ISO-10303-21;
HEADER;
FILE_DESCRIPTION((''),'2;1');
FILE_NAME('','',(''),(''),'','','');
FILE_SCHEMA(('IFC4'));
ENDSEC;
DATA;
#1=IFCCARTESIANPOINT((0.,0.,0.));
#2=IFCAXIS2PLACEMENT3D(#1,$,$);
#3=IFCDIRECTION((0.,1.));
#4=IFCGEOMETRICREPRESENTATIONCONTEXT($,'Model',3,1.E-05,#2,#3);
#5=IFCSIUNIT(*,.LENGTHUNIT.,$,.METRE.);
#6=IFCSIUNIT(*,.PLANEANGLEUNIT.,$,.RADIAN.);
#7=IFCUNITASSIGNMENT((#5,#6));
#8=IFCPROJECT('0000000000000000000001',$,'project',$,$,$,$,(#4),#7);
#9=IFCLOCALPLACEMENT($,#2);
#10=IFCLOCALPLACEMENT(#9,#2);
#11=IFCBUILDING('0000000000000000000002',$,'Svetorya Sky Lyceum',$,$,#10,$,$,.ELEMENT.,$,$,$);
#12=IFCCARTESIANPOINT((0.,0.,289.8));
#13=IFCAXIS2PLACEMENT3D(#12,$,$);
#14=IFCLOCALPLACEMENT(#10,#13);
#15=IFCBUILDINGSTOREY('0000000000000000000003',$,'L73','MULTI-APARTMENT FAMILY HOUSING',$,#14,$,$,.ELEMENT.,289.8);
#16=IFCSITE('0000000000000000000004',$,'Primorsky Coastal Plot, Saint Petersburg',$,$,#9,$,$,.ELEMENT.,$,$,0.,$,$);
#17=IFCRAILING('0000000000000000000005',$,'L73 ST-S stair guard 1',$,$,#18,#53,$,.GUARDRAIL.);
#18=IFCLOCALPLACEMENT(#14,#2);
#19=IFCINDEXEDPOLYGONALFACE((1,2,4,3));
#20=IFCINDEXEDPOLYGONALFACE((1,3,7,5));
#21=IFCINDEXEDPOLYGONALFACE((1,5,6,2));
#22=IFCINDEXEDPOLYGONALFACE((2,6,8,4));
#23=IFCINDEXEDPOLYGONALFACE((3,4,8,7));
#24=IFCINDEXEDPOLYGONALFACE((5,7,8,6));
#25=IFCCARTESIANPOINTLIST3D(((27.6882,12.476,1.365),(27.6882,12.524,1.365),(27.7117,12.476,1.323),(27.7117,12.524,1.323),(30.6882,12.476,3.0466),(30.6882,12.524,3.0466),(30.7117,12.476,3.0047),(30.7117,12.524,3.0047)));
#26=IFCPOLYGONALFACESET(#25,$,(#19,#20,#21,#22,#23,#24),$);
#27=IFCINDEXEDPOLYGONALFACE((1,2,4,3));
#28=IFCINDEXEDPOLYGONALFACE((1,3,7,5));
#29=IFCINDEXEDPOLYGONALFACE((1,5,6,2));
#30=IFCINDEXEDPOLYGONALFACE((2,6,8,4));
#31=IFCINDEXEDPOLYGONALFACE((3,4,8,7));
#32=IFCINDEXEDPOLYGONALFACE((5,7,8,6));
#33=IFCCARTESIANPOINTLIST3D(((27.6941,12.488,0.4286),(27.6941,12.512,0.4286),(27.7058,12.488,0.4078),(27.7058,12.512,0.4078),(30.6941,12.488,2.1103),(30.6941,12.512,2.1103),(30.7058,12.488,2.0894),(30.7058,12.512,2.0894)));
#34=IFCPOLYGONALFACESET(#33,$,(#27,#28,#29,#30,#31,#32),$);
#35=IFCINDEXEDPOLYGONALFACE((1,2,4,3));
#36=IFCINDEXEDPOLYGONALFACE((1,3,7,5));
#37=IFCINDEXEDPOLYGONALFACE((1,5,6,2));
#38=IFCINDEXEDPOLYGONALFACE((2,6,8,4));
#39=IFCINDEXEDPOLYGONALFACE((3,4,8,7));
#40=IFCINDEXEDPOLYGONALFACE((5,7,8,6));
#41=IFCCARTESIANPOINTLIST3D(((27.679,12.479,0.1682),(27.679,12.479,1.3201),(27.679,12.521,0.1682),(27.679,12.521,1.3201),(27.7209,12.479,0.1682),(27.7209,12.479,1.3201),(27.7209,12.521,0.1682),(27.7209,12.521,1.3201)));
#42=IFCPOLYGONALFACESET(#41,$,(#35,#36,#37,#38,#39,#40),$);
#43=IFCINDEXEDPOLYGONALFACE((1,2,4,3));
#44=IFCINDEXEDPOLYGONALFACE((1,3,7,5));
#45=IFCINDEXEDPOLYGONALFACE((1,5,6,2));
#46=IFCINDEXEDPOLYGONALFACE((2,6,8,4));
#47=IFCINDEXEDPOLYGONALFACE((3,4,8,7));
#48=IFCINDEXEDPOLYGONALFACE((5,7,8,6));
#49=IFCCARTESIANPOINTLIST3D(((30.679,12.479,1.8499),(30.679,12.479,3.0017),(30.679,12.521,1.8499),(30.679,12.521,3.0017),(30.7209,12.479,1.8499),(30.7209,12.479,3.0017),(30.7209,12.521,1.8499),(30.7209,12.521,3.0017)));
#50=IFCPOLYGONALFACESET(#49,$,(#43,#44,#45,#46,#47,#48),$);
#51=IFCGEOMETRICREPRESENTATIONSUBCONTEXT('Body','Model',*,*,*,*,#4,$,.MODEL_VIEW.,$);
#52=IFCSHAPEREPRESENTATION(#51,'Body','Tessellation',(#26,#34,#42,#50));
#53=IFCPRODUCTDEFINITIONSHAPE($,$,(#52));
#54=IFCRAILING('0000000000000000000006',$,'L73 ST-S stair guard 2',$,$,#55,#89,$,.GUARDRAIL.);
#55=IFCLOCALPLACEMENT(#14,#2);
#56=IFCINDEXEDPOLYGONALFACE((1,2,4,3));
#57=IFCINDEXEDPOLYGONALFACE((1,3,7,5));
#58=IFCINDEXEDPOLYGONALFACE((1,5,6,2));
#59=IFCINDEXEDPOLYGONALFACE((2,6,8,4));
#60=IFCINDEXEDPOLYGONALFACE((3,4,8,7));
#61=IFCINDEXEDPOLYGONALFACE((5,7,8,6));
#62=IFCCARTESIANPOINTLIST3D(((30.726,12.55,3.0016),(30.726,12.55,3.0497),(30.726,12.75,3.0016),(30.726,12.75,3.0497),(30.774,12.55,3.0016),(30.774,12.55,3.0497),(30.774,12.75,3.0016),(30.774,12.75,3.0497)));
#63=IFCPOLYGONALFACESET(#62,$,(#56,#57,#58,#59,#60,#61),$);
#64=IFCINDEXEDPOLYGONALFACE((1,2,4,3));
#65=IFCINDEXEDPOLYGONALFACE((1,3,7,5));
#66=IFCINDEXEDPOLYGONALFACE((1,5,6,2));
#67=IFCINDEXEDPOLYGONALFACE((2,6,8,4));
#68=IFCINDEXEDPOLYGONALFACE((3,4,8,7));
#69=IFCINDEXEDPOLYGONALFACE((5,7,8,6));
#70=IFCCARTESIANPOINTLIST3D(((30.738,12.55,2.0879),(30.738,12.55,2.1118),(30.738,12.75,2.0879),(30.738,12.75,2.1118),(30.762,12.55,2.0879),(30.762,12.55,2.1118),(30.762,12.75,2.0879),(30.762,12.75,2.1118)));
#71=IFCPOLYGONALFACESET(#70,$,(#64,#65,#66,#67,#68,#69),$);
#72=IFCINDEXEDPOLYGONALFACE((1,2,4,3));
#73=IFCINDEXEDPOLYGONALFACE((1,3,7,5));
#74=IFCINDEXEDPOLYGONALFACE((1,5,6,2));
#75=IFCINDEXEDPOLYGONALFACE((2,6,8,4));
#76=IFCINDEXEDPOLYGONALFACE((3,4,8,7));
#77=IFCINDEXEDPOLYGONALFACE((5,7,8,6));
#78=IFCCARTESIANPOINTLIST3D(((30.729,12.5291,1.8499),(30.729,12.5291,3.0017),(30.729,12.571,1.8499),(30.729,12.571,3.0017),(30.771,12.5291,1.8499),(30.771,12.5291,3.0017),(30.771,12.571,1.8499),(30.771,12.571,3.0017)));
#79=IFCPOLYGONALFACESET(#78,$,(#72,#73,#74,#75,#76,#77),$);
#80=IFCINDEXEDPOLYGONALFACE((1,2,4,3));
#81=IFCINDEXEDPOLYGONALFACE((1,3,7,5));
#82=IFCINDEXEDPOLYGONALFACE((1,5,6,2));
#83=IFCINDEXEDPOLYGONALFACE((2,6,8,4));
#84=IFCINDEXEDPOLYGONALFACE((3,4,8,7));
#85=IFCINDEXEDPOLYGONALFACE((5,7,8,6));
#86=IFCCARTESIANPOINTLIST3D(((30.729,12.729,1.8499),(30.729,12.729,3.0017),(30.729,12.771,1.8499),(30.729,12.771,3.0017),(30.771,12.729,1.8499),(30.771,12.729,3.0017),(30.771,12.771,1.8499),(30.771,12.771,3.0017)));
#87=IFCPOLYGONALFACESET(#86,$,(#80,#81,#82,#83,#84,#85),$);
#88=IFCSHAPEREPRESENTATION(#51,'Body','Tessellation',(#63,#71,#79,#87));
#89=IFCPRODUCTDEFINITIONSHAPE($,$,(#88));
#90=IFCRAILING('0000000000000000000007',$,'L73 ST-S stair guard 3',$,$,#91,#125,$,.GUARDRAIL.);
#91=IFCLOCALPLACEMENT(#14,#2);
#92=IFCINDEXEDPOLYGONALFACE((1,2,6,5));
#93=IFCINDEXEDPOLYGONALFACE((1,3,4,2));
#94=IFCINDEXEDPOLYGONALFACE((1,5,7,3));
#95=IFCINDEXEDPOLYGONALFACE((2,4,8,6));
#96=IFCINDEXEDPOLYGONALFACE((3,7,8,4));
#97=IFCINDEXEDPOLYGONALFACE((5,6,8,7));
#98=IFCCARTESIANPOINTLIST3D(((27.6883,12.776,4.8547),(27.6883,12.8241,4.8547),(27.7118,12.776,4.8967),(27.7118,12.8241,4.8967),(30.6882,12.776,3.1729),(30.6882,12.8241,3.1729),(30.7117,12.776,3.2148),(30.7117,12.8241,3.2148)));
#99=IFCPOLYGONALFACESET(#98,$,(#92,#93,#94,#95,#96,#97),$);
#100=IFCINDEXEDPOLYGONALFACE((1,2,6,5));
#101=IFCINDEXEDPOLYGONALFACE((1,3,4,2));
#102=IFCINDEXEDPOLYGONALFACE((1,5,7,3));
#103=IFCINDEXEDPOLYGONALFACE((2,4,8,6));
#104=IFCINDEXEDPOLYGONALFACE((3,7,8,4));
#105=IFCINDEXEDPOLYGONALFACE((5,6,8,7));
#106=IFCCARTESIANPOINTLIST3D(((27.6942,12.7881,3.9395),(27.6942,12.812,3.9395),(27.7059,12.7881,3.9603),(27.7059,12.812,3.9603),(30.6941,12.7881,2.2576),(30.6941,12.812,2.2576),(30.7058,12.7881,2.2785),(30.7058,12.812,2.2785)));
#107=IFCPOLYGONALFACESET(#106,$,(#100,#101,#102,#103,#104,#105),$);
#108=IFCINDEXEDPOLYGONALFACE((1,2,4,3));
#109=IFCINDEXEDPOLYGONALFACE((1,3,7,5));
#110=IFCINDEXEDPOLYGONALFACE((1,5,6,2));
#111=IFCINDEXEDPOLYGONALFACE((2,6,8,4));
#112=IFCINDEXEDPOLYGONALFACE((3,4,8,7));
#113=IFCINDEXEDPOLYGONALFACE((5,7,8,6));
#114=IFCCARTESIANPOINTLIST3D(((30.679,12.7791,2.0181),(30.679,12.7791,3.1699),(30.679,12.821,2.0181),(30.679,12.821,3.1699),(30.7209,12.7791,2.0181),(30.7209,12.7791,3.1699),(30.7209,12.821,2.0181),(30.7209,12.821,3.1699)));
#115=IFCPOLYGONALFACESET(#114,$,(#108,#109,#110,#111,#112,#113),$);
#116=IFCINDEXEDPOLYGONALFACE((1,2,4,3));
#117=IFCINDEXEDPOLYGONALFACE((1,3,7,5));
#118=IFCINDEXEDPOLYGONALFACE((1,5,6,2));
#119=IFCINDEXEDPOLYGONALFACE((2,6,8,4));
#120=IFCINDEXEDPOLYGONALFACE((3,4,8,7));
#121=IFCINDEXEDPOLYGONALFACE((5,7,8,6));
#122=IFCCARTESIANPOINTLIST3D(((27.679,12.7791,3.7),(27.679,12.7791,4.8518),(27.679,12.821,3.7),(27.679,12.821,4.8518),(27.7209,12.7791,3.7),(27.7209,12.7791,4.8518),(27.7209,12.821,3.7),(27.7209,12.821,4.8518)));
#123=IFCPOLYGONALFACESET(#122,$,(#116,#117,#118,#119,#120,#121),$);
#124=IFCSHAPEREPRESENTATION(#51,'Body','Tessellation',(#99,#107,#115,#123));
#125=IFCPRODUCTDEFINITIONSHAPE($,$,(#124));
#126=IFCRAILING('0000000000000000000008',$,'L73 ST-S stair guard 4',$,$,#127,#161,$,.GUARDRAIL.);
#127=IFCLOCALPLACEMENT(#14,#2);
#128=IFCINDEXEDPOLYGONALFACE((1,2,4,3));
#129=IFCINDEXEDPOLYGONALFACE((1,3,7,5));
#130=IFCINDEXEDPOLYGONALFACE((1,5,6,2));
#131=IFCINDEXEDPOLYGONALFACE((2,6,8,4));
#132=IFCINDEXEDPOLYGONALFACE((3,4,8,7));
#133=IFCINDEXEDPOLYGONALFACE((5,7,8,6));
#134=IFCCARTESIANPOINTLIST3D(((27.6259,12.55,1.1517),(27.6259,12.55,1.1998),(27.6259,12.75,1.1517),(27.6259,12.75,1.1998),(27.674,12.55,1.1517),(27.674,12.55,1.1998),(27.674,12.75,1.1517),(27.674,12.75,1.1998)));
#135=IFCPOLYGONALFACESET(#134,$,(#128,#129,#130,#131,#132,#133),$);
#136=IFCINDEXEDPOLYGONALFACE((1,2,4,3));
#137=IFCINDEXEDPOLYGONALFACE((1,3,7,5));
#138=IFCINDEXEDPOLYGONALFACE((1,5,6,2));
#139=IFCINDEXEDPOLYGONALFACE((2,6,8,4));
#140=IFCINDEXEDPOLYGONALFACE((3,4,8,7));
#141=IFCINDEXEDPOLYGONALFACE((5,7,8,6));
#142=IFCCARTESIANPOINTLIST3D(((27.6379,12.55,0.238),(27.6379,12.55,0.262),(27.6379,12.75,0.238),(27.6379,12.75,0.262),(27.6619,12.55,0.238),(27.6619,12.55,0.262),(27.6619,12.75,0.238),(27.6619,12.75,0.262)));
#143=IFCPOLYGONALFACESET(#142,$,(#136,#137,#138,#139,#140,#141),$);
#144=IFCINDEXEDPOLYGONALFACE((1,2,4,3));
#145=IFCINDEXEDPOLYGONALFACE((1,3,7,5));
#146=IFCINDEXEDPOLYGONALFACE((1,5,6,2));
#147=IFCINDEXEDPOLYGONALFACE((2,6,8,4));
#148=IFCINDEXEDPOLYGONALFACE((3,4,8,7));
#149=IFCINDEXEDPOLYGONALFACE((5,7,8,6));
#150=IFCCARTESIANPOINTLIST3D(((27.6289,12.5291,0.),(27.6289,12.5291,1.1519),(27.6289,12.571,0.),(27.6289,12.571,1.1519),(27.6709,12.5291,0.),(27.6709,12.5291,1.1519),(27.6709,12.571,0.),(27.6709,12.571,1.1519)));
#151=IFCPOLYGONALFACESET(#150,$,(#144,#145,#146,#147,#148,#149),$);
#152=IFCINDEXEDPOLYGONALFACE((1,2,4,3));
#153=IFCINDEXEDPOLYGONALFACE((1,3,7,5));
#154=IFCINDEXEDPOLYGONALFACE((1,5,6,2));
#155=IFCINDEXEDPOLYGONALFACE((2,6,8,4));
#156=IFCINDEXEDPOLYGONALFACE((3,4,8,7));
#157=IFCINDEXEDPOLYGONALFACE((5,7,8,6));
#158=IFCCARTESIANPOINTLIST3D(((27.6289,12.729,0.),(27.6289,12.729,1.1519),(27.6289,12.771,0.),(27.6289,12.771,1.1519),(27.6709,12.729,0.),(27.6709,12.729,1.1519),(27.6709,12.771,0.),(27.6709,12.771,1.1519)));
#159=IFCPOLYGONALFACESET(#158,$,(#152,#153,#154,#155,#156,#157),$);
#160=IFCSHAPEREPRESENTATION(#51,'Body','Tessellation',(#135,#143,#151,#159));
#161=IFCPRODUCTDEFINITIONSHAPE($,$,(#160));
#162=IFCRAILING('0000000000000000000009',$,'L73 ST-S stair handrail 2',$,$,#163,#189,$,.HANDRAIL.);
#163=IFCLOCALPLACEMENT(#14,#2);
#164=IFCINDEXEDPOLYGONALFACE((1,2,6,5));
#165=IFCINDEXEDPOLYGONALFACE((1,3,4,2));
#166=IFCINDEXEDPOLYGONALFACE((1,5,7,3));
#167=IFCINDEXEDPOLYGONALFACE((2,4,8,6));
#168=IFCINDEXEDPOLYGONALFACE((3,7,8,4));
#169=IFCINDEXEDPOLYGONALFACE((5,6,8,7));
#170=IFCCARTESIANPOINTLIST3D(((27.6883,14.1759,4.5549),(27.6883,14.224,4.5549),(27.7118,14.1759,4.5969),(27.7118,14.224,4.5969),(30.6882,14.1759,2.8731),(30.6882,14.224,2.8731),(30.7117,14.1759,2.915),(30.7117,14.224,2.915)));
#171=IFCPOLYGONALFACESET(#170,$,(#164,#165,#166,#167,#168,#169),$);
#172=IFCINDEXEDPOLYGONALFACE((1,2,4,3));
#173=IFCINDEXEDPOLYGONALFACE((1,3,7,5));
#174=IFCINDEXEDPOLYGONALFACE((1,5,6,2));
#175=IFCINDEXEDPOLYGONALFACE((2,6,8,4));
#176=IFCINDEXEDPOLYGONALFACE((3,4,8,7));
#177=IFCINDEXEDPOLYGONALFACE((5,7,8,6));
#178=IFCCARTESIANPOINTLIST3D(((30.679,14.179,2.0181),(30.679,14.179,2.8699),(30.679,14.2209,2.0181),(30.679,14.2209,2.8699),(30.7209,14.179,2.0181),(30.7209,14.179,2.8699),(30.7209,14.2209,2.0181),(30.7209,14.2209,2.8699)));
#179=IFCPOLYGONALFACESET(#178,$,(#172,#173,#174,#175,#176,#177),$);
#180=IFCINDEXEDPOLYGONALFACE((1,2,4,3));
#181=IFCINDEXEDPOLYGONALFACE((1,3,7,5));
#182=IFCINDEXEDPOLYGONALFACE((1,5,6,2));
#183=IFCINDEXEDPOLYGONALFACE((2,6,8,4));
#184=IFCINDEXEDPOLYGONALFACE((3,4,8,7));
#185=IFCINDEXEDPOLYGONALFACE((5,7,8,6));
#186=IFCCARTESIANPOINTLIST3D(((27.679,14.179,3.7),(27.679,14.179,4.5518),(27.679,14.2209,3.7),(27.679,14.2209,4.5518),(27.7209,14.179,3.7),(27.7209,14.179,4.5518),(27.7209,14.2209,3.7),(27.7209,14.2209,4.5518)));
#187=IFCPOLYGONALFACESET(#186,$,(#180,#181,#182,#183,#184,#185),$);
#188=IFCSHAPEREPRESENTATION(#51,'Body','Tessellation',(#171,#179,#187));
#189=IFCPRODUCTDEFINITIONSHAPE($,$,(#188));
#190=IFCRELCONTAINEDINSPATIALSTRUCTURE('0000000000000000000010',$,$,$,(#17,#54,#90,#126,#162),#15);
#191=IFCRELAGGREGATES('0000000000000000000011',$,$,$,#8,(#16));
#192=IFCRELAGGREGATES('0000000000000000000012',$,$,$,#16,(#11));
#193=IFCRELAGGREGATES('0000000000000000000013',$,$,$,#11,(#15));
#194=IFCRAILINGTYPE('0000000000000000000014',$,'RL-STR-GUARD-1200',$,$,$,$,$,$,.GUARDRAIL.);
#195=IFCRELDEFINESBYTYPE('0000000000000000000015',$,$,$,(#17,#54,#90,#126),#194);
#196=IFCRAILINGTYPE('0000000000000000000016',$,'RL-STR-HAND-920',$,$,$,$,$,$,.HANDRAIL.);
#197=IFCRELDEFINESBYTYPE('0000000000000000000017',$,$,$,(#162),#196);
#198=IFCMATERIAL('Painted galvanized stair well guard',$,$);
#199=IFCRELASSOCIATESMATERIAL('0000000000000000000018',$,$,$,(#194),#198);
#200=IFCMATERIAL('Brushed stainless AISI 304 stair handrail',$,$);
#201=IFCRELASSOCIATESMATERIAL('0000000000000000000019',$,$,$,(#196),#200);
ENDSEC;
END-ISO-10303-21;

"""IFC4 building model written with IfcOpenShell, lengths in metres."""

from ifc_helpers import new_model, si_unit, direction, frame, origin, origin_2d, place, context, subcontext, project, spatial, rectangle, extrude, material, type_object, element, save


model = new_model("IFC4")

# Units and contexts
model_context = context("Model", 3, precision=1e-05, world=origin(), true_north=direction((0.0, 1.0)))
body_context = subcontext(model_context, "Body", "Model", "MODEL_VIEW")
ifc_project = project(units=[si_unit("LENGTHUNIT", "METRE"), si_unit("PLANEANGLEUNIT", "RADIAN")], contexts=[model_context])

# Site, building, storey
site_placement = place(None, origin())
site = spatial("IfcSite", under=ifc_project, at=site_placement, Name="Primorsky Coastal Plot, Saint Petersburg", CompositionType="ELEMENT", RefElevation=0.0)
building_placement = place(site_placement, origin())
building = spatial("IfcBuilding", under=site, at=building_placement, Name="Svetorya Sky Lyceum", CompositionType="ELEMENT")
storey_placement = place(building_placement, frame((0.0, 0.0, 289.8)))
storey = spatial("IfcBuildingStorey", under=building, at=storey_placement, Name="L73", Description="MULTI-APARTMENT FAMILY HOUSING", CompositionType="ELEMENT", Elevation=289.8)

# Railings
ifc_material_1 = material(Name="Painted galvanized stair well guard")
railing_type_1 = type_object("IfcRailingType", Name="RL-STR-GUARD-1200", PredefinedType="GUARDRAIL", material=ifc_material_1)
railing_1_placement = place(storey_placement, frame((27.7, 12.5, 0.1682)))
element("IfcRailing", 1, at=railing_1_placement, inside=storey, type_object=railing_type_1, Name="L73 ST-S stair guard 1", PredefinedType="GUARDRAIL", context=body_context, shape_type="SweptSolid", body=[
    extrude(rectangle(XDim=0.0481, YDim=0.0481, at=origin_2d()), frame((0.0, 0.0, 1.1758), z_axis=(0.872303, 0.0, 0.488966), x_axis=(0.0, 1.0, 0.0)), (0.0, 0.0, 1.0), 3.4392),
    extrude(rectangle(XDim=0.0239, YDim=0.0239, at=origin_2d()), frame((0.0, 0.0, 0.25), z_axis=(0.872303, 0.0, 0.488966), x_axis=(0.0, 1.0, 0.0)), (0.0, 0.0, 1.0), 3.4392),
    extrude(rectangle(XDim=0.042, YDim=0.042, at=origin_2d()), origin(), (0.0, 0.0, 1.0), 1.1519),
    extrude(rectangle(XDim=0.042, YDim=0.042, at=origin_2d()), frame((3.0, 0.0, 1.6816)), (0.0, 0.0, 1.0), 1.1519),
])
railing_2_placement = place(storey_placement, frame((30.75, 12.55, 1.8499)))
element("IfcRailing", 2, at=railing_2_placement, inside=storey, type_object=railing_type_1, Name="L73 ST-S stair guard 2", PredefinedType="GUARDRAIL", context=body_context, shape_type="SweptSolid", body=[
    extrude(rectangle(XDim=0.0481, YDim=0.0481, at=origin_2d()), frame((0.0, 0.0, 1.1758), z_axis=(0.0, 1.0, 0.0), x_axis=(-1.0, 0.0, 0.0)), (0.0, 0.0, 1.0), 0.2),
    extrude(rectangle(XDim=0.0239, YDim=0.0239, at=origin_2d()), frame((0.0, 0.0, 0.25), z_axis=(0.0, 1.0, 0.0), x_axis=(-1.0, 0.0, 0.0)), (0.0, 0.0, 1.0), 0.2),
    extrude(rectangle(XDim=0.042, YDim=0.042, at=origin_2d()), origin(), (0.0, 0.0, 1.0), 1.1519),
    extrude(rectangle(XDim=0.042, YDim=0.042, at=origin_2d()), frame((0.0, 0.2, 0.0)), (0.0, 0.0, 1.0), 1.1519),
])
railing_3_placement = place(storey_placement, frame((30.7, 12.8, 2.0181)))
element("IfcRailing", 3, at=railing_3_placement, inside=storey, type_object=railing_type_1, Name="L73 ST-S stair guard 3", PredefinedType="GUARDRAIL", context=body_context, shape_type="SweptSolid", body=[
    extrude(rectangle(XDim=0.0481, YDim=0.0481, at=origin_2d()), frame((0.0, 0.0, 1.1758), z_axis=(-0.872272, 0.0, 0.48902), x_axis=(0.0, -1.0, 0.0)), (0.0, 0.0, 1.0), 3.4392),
    extrude(rectangle(XDim=0.0239, YDim=0.0239, at=origin_2d()), frame((0.0, 0.0, 0.25), z_axis=(-0.872272, 0.0, 0.48902), x_axis=(0.0, -1.0, 0.0)), (0.0, 0.0, 1.0), 3.4392),
    extrude(rectangle(XDim=0.042, YDim=0.042, at=origin_2d()), origin(), (0.0, 0.0, 1.0), 1.1519),
    extrude(rectangle(XDim=0.042, YDim=0.042, at=origin_2d()), frame((-3.0, 0.0, 1.6819)), (0.0, 0.0, 1.0), 1.1519),
])
railing_4_placement = place(storey_placement, frame((27.6499, 12.55, 0.0)))
element("IfcRailing", 4, at=railing_4_placement, inside=storey, type_object=railing_type_1, Name="L73 ST-S stair guard 4", PredefinedType="GUARDRAIL", context=body_context, shape_type="SweptSolid", body=[
    extrude(rectangle(XDim=0.0481, YDim=0.0481, at=origin_2d()), frame((0.0, 0.0, 1.1758), z_axis=(0.0, 1.0, 0.0), x_axis=(-1.0, 0.0, 0.0)), (0.0, 0.0, 1.0), 0.2),
    extrude(rectangle(XDim=0.0239, YDim=0.0239, at=origin_2d()), frame((0.0, 0.0, 0.25), z_axis=(0.0, 1.0, 0.0), x_axis=(-1.0, 0.0, 0.0)), (0.0, 0.0, 1.0), 0.2),
    extrude(rectangle(XDim=0.042, YDim=0.042, at=origin_2d()), origin(), (0.0, 0.0, 1.0), 1.1519),
    extrude(rectangle(XDim=0.042, YDim=0.042, at=origin_2d()), frame((0.0, 0.2, 0.0)), (0.0, 0.0, 1.0), 1.1519),
])
ifc_material_2 = material(Name="Brushed stainless AISI 304 stair handrail")
railing_type_2 = type_object("IfcRailingType", Name="RL-STR-HAND-920", PredefinedType="HANDRAIL", material=ifc_material_2)
railing_5_placement = place(storey_placement, frame((30.7, 14.2, 2.0181)))
element("IfcRailing", 5, at=railing_5_placement, inside=storey, type_object=railing_type_2, Name="L73 ST-S stair handrail 2", PredefinedType="HANDRAIL", context=body_context, shape_type="SweptSolid", body=[
    extrude(rectangle(XDim=0.0481, YDim=0.0481, at=origin_2d()), frame((0.0, 0.0, 0.876), z_axis=(-0.872272, 0.0, 0.48902), x_axis=(0.0, -1.0, 0.0)), (0.0, 0.0, 1.0), 3.4392),
    extrude(rectangle(XDim=0.042, YDim=0.042, at=origin_2d()), origin(), (0.0, 0.0, 1.0), 0.8518),
    extrude(rectangle(XDim=0.042, YDim=0.042, at=origin_2d()), frame((-3.0, 0.0, 1.6819)), (0.0, 0.0, 1.0), 0.8518),
])

save(model, "model.ifc")
